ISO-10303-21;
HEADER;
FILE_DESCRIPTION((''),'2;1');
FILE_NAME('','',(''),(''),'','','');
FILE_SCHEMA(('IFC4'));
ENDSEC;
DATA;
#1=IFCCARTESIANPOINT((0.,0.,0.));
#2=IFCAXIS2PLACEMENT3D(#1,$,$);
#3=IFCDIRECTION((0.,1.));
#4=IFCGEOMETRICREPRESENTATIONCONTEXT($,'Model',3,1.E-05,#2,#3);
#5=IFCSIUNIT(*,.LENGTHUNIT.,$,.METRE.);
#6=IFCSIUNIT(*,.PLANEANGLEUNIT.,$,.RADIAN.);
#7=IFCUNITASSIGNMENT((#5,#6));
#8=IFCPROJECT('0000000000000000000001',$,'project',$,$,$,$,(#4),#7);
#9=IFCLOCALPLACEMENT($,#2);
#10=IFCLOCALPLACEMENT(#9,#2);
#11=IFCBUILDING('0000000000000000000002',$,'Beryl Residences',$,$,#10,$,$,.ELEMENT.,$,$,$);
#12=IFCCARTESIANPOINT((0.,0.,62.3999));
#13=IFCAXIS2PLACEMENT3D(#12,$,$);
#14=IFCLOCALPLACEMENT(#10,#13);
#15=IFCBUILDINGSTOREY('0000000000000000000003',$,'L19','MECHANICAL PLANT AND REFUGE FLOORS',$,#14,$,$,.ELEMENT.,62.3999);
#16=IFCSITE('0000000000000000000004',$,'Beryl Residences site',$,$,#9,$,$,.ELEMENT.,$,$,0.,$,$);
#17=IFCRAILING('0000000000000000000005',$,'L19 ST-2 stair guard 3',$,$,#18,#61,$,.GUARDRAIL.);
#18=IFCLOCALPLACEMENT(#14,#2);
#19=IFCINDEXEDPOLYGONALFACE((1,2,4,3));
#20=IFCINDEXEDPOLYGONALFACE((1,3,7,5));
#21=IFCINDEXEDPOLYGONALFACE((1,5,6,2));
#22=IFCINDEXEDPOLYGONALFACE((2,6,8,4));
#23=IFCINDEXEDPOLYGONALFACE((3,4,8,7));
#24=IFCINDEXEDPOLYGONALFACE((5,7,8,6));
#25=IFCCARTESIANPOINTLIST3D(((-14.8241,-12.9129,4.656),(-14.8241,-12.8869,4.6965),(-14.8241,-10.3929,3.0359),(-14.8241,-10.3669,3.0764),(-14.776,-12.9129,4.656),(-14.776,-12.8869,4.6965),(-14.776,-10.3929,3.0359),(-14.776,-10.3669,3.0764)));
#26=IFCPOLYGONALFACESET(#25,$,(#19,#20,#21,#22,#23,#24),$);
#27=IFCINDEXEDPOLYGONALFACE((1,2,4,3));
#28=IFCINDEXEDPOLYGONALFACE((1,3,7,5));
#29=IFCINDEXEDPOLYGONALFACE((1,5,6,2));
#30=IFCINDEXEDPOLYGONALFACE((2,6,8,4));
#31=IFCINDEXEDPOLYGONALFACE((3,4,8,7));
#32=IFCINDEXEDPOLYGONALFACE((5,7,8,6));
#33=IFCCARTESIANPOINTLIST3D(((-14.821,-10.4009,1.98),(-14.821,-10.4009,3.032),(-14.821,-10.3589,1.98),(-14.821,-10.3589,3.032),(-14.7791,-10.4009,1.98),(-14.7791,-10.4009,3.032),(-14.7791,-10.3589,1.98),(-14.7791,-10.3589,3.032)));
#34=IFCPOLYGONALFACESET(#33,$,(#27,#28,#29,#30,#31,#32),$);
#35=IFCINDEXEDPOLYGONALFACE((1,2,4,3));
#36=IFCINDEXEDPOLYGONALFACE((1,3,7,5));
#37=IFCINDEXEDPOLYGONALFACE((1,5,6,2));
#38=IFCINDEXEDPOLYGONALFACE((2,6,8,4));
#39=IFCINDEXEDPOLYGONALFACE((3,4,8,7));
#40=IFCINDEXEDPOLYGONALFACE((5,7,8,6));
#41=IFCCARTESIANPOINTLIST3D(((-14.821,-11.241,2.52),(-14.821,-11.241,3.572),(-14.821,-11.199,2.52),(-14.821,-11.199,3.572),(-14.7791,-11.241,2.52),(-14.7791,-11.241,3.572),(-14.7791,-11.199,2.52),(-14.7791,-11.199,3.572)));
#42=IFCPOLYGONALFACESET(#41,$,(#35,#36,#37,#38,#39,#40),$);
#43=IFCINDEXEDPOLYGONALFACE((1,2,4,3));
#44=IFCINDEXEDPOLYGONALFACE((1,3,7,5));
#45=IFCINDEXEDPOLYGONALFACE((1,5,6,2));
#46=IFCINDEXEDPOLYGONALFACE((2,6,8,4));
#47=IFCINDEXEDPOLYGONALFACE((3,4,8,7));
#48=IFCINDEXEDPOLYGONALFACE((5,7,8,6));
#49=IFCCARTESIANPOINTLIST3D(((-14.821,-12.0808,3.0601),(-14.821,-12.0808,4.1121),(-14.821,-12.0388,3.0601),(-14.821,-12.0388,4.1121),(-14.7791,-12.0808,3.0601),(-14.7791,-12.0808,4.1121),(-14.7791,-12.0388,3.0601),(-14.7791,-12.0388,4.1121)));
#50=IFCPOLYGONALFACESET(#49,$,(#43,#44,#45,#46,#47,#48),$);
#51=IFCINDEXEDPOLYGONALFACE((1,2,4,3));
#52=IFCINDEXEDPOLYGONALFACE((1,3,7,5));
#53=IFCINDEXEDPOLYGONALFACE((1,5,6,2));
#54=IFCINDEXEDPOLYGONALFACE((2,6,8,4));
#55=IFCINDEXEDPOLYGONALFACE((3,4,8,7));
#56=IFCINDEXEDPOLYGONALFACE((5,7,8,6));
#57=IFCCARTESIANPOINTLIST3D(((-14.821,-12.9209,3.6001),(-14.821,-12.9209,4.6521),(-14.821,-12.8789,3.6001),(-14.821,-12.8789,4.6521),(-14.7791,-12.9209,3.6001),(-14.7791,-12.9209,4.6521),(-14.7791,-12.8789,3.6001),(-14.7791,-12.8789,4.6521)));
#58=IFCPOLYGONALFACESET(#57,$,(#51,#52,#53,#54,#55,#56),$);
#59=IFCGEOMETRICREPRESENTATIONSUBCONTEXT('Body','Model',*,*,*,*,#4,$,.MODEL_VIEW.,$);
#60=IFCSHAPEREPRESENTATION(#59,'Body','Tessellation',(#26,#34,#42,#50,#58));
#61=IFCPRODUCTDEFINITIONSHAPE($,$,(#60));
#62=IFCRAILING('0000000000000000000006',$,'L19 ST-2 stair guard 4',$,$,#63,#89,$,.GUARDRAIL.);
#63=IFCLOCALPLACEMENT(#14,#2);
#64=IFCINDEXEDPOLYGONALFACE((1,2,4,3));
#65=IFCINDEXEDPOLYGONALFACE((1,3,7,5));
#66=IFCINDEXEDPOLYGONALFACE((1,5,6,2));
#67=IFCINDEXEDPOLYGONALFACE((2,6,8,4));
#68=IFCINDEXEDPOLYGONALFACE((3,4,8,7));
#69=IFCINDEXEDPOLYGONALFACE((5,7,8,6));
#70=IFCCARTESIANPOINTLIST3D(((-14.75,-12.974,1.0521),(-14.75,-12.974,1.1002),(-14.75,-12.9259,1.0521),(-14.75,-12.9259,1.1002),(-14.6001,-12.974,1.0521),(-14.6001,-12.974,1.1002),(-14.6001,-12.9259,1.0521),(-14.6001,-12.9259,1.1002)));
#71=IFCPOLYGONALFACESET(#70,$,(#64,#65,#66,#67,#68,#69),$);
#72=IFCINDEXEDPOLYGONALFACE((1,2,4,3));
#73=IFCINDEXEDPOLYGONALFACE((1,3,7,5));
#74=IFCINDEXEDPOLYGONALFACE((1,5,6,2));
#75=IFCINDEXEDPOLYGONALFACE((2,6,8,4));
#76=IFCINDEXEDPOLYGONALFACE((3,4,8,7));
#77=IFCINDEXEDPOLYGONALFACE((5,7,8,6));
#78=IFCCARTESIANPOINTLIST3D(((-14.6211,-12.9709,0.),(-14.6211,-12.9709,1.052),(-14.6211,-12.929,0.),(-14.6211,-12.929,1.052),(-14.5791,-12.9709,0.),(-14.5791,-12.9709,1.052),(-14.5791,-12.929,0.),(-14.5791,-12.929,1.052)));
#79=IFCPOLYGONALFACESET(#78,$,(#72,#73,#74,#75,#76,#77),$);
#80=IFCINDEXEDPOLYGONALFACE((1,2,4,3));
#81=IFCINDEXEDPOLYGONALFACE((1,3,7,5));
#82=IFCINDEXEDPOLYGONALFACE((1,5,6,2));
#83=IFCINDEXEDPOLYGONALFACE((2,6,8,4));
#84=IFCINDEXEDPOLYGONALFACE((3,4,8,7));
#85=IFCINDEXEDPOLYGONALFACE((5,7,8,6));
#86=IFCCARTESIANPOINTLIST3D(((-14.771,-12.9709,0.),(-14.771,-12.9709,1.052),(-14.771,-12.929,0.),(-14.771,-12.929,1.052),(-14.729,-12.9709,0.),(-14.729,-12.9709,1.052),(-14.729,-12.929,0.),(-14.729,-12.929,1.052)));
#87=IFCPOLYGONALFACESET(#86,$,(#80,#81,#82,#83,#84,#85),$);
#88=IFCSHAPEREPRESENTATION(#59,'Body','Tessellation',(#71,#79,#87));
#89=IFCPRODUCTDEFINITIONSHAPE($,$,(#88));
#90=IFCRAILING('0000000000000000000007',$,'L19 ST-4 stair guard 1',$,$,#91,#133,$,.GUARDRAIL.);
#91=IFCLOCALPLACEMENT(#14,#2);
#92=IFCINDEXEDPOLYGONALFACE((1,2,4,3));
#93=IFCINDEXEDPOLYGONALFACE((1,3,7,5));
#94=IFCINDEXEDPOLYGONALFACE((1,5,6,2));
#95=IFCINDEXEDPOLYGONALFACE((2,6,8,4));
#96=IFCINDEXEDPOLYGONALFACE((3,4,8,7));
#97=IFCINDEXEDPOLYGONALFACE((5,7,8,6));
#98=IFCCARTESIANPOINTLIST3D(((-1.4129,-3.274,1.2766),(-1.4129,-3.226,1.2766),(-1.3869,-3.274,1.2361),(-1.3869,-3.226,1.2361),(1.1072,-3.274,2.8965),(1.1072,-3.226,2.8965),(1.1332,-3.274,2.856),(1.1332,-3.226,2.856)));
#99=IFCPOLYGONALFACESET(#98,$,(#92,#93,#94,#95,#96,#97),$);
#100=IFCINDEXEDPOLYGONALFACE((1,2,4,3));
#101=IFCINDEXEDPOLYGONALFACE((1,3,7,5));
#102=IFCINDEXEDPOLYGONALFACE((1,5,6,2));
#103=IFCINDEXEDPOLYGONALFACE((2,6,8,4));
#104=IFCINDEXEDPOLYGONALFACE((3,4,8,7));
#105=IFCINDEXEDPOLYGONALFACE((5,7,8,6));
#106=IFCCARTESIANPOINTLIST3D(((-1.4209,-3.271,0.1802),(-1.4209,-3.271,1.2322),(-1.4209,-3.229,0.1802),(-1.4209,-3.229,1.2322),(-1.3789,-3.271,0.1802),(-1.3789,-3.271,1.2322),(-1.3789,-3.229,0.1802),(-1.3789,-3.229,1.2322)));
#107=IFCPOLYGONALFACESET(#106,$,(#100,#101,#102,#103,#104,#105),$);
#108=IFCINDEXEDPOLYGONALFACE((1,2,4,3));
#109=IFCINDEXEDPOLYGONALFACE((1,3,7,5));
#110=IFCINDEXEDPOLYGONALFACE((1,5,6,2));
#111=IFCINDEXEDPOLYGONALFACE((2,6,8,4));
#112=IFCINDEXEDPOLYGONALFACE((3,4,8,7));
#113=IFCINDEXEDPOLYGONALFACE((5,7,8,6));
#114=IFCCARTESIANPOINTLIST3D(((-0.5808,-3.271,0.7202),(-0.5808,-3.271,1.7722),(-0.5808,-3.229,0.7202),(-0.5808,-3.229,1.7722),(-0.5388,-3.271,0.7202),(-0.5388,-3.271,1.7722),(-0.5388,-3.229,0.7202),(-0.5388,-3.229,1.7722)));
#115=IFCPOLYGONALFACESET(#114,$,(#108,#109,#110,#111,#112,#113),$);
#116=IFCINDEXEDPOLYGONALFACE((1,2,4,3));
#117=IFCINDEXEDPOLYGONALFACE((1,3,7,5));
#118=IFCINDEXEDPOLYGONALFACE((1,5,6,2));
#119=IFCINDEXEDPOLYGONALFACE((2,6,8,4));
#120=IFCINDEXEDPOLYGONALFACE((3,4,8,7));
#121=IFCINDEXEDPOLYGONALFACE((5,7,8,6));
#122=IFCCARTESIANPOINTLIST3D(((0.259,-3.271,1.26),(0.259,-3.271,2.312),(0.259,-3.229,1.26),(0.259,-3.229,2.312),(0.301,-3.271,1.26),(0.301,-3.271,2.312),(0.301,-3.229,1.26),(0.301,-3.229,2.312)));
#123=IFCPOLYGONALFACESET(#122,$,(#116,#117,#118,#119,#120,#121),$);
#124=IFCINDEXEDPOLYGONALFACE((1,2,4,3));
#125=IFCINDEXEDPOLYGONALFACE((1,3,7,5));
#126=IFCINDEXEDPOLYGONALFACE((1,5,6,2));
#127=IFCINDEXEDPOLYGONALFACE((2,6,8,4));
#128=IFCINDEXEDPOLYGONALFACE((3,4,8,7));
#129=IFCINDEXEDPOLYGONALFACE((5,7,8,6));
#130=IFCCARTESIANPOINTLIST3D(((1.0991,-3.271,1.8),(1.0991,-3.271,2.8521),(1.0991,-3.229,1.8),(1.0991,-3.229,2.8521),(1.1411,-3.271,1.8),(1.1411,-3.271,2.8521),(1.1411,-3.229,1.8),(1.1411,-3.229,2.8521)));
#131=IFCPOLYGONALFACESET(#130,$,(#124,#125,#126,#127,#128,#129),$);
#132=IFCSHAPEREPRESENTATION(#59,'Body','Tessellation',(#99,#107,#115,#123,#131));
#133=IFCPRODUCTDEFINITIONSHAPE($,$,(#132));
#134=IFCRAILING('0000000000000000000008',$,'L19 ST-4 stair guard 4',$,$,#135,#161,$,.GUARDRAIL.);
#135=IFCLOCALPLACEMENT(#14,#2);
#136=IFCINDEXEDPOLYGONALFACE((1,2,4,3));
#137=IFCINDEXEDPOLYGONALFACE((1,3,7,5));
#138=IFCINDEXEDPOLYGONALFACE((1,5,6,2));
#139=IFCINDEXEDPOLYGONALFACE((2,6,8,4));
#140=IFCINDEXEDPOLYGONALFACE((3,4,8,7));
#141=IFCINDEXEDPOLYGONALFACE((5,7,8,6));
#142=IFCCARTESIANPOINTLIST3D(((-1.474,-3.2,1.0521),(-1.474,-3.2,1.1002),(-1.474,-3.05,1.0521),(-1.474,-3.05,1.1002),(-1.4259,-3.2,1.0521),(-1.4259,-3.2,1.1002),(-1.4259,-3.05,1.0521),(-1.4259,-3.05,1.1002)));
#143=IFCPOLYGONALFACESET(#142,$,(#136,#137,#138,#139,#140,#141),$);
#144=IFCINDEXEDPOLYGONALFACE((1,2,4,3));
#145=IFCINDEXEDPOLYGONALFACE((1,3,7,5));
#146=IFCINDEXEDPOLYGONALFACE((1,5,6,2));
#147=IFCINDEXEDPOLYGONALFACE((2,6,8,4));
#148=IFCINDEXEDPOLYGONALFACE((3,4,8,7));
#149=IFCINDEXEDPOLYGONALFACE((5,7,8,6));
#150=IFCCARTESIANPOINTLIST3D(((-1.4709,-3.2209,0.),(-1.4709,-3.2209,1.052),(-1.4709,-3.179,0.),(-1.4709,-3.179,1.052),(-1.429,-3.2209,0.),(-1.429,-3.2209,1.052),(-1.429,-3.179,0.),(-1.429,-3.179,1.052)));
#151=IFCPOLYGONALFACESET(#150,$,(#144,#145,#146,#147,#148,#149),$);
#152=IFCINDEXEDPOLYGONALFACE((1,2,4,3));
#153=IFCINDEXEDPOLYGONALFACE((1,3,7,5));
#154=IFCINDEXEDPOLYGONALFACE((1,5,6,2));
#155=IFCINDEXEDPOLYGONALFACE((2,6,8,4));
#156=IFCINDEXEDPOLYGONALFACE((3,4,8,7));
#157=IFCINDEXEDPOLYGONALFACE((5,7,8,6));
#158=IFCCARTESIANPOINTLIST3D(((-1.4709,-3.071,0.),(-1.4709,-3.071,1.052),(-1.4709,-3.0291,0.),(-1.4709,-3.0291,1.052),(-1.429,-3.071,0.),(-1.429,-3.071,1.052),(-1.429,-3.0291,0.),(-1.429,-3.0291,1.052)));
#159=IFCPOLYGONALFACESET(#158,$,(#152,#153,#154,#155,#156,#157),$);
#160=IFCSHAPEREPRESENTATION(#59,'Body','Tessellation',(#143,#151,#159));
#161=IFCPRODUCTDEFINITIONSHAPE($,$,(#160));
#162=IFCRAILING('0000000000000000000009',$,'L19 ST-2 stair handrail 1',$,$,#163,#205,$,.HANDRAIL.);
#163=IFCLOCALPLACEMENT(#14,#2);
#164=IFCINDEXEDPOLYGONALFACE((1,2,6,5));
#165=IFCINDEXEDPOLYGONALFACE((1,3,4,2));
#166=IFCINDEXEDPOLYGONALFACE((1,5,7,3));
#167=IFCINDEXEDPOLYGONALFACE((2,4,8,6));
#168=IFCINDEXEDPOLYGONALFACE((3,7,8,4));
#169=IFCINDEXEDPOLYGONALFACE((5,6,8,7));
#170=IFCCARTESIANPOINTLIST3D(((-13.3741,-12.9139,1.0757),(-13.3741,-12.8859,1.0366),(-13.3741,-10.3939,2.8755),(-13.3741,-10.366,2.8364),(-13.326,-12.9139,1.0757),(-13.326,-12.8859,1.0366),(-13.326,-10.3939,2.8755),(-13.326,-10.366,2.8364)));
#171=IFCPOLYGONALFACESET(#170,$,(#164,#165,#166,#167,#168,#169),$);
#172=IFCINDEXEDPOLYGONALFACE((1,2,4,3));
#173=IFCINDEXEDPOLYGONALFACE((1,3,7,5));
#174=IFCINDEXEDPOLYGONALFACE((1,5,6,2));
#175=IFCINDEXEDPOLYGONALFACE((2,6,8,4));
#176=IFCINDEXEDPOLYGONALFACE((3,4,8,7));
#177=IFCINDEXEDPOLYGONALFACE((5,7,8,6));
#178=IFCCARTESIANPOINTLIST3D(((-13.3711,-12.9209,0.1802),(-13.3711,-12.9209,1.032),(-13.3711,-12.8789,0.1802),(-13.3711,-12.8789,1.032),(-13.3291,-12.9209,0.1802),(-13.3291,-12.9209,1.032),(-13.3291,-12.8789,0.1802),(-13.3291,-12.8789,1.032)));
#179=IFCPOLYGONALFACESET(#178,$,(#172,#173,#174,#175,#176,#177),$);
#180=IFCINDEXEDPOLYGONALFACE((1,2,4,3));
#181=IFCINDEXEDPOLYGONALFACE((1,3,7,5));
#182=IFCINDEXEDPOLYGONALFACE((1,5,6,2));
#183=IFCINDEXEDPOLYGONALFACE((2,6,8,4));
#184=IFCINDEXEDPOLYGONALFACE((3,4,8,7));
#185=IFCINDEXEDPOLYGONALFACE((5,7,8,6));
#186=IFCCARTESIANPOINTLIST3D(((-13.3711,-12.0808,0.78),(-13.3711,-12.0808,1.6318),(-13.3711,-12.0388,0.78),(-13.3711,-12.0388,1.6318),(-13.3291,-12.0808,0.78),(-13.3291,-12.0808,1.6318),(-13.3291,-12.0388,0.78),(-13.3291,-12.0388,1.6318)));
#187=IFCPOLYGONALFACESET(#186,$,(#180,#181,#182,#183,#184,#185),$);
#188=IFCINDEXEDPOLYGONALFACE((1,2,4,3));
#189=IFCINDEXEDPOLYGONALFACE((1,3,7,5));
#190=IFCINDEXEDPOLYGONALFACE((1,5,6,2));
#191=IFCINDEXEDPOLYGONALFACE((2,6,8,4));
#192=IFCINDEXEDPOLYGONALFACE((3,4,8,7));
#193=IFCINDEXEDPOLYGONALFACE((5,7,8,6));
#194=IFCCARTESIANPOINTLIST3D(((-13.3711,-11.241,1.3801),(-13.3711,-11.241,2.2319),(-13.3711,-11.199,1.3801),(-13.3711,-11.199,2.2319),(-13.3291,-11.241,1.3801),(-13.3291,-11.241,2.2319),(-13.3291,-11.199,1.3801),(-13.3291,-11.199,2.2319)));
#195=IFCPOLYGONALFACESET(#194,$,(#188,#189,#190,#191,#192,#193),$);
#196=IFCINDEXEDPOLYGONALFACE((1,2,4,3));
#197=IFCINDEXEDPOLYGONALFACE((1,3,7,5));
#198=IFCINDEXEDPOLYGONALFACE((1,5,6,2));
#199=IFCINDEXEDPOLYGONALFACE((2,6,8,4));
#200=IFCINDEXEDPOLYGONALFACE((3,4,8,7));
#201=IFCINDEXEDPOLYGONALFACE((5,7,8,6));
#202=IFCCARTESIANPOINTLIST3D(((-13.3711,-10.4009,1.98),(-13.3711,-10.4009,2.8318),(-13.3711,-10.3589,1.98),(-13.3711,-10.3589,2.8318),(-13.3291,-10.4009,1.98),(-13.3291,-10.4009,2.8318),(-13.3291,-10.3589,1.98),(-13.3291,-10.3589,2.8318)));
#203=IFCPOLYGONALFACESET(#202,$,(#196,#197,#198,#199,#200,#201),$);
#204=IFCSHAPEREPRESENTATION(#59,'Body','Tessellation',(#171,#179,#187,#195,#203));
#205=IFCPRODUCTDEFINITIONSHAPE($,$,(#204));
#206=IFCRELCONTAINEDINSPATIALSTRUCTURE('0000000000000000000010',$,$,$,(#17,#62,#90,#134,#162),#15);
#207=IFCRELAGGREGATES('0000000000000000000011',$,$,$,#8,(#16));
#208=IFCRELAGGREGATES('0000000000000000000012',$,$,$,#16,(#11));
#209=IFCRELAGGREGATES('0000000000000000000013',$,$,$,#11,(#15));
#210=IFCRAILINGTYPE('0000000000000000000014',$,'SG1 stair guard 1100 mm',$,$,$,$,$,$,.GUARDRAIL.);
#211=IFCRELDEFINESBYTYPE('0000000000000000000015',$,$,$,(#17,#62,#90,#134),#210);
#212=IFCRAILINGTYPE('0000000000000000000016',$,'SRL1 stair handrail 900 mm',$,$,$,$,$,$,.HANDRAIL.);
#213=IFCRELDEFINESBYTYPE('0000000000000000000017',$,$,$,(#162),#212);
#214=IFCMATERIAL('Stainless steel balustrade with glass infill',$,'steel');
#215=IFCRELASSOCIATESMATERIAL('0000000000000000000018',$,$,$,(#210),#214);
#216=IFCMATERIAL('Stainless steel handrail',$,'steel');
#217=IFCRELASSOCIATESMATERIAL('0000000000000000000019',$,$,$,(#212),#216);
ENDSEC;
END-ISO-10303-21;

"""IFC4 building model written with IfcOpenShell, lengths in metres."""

from ifc_helpers import new_model, si_unit, direction, frame, origin, origin_2d, place, context, subcontext, project, spatial, rectangle, extrude, material, type_object, element, save


model = new_model("IFC4")

# Units and contexts
model_context = context("Model", 3, precision=1e-05, world=origin(), true_north=direction((0.0, 1.0)))
body_context = subcontext(model_context, "Body", "Model", "MODEL_VIEW")
ifc_project = project(units=[si_unit("LENGTHUNIT", "METRE"), si_unit("PLANEANGLEUNIT", "RADIAN")], contexts=[model_context])

# Site, building, storey
site_placement = place(None, origin())
site = spatial("IfcSite", under=ifc_project, at=site_placement, Name="Beryl Residences site", CompositionType="ELEMENT", RefElevation=0.0)
building_placement = place(site_placement, origin())
building = spatial("IfcBuilding", under=site, at=building_placement, Name="Beryl Residences", CompositionType="ELEMENT")
storey_placement = place(building_placement, frame((0.0, 0.0, 62.3999)))
storey = spatial("IfcBuildingStorey", under=building, at=storey_placement, Name="L19", Description="MECHANICAL PLANT AND REFUGE FLOORS", CompositionType="ELEMENT", Elevation=62.3999)

# Railings
ifc_material_1 = material(Name="Stainless steel balustrade with glass infill", Category="steel")
railing_type_1 = type_object("IfcRailingType", Name="SG1 stair guard 1100 mm", PredefinedType="GUARDRAIL", material=ifc_material_1)
railing_1_placement = place(storey_placement, frame((-14.8, -10.3799, 1.98)))
element("IfcRailing", 1, at=railing_1_placement, inside=storey, type_object=railing_type_1, Name="L19 ST-2 stair guard 3", PredefinedType="GUARDRAIL", context=body_context, shape_type="SweptSolid", body=[
    extrude(rectangle(XDim=0.0481, YDim=0.0481, at=origin_2d()), frame((0.0, 0.0, 1.0762), z_axis=(0.0, -0.841163, 0.540782), x_axis=(1.0, 0.0, 0.0)), (0.0, 0.0, 1.0), 2.9958),
    extrude(rectangle(XDim=0.042, YDim=0.042, at=origin_2d()), origin(), (0.0, 0.0, 1.0), 1.052),
    extrude(rectangle(XDim=0.042, YDim=0.042, at=origin_2d()), frame((0.0, -0.8401, 0.54)), (0.0, 0.0, 1.0), 1.052),
    extrude(rectangle(XDim=0.042, YDim=0.042, at=origin_2d()), frame((0.0, -1.6799, 1.0801)), (0.0, 0.0, 1.0), 1.052),
    extrude(rectangle(XDim=0.042, YDim=0.042, at=origin_2d()), frame((0.0, -2.52, 1.6201)), (0.0, 0.0, 1.0), 1.052),
])
railing_2_placement = place(storey_placement, frame((-14.6001, -12.95, 0.0)))
element("IfcRailing", 2, at=railing_2_placement, inside=storey, type_object=railing_type_1, Name="L19 ST-2 stair guard 4", PredefinedType="GUARDRAIL", context=body_context, shape_type="SweptSolid", body=[
    extrude(rectangle(XDim=0.0481, YDim=0.0481, at=origin_2d()), frame((0.0, 0.0, 1.0762), z_axis=(-1.0, 0.0, 0.0), x_axis=(0.0, -1.0, 0.0)), (0.0, 0.0, 1.0), 0.1499),
    extrude(rectangle(XDim=0.042, YDim=0.042, at=origin_2d()), origin(), (0.0, 0.0, 1.0), 1.052),
    extrude(rectangle(XDim=0.042, YDim=0.042, at=origin_2d()), frame((-0.1499, 0.0, 0.0)), (0.0, 0.0, 1.0), 1.052),
])
railing_3_placement = place(storey_placement, frame((-1.3999, -3.25, 0.1802)))
element("IfcRailing", 3, at=railing_3_placement, inside=storey, type_object=railing_type_1, Name="L19 ST-4 stair guard 1", PredefinedType="GUARDRAIL", context=body_context, shape_type="SweptSolid", body=[
    extrude(rectangle(XDim=0.0481, YDim=0.0481, at=origin_2d()), frame((0.0, 0.0, 1.0762), z_axis=(0.8412, 0.0, 0.540725), x_axis=(0.0, 1.0, 0.0)), (0.0, 0.0, 1.0), 2.9958),
    extrude(rectangle(XDim=0.042, YDim=0.042, at=origin_2d()), origin(), (0.0, 0.0, 1.0), 1.052),
    extrude(rectangle(XDim=0.042, YDim=0.042, at=origin_2d()), frame((0.8401, 0.0, 0.54)), (0.0, 0.0, 1.0), 1.052),
    extrude(rectangle(XDim=0.042, YDim=0.042, at=origin_2d()), frame((1.6799, 0.0, 1.0798)), (0.0, 0.0, 1.0), 1.052),
    extrude(rectangle(XDim=0.042, YDim=0.042, at=origin_2d()), frame((2.52, 0.0, 1.6199)), (0.0, 0.0, 1.0), 1.052),
])
railing_4_placement = place(storey_placement, frame((-1.45, -3.2, 0.0)))
element("IfcRailing", 4, at=railing_4_placement, inside=storey, type_object=railing_type_1, Name="L19 ST-4 stair guard 4", PredefinedType="GUARDRAIL", context=body_context, shape_type="SweptSolid", body=[
    extrude(rectangle(XDim=0.0481, YDim=0.0481, at=origin_2d()), frame((0.0, 0.0, 1.0762), z_axis=(0.0, 1.0, 0.0), x_axis=(-1.0, 0.0, 0.0)), (0.0, 0.0, 1.0), 0.1499),
    extrude(rectangle(XDim=0.042, YDim=0.042, at=origin_2d()), origin(), (0.0, 0.0, 1.0), 1.052),
    extrude(rectangle(XDim=0.042, YDim=0.042, at=origin_2d()), frame((0.0, 0.1499, 0.0)), (0.0, 0.0, 1.0), 1.052),
])
ifc_material_2 = material(Name="Stainless steel handrail", Category="steel")
railing_type_2 = type_object("IfcRailingType", Name="SRL1 stair handrail 900 mm", PredefinedType="HANDRAIL", material=ifc_material_2)
railing_5_placement = place(storey_placement, frame((-13.3501, -12.8999, 0.1802)))
element("IfcRailing", 5, at=railing_5_placement, inside=storey, type_object=railing_type_2, Name="L19 ST-2 stair handrail 1", PredefinedType="HANDRAIL", context=body_context, shape_type="SweptSolid", body=[
    extrude(rectangle(XDim=0.0481, YDim=0.0481, at=origin_2d()), frame((0.0, 0.0, 0.876), z_axis=(0.0, 0.813765, 0.581193), x_axis=(-1.0, 0.0, 0.0)), (0.0, 0.0, 1.0), 3.0967),
    extrude(rectangle(XDim=0.042, YDim=0.042, at=origin_2d()), origin(), (0.0, 0.0, 1.0), 0.8518),
    extrude(rectangle(XDim=0.042, YDim=0.042, at=origin_2d()), frame((0.0, 0.8401, 0.5999)), (0.0, 0.0, 1.0), 0.8518),
    extrude(rectangle(XDim=0.042, YDim=0.042, at=origin_2d()), frame((0.0, 1.6799, 1.2)), (0.0, 0.0, 1.0), 0.8518),
    extrude(rectangle(XDim=0.042, YDim=0.042, at=origin_2d()), frame((0.0, 2.52, 1.7998)), (0.0, 0.0, 1.0), 0.8518),
])

save(model, "model.ifc")
